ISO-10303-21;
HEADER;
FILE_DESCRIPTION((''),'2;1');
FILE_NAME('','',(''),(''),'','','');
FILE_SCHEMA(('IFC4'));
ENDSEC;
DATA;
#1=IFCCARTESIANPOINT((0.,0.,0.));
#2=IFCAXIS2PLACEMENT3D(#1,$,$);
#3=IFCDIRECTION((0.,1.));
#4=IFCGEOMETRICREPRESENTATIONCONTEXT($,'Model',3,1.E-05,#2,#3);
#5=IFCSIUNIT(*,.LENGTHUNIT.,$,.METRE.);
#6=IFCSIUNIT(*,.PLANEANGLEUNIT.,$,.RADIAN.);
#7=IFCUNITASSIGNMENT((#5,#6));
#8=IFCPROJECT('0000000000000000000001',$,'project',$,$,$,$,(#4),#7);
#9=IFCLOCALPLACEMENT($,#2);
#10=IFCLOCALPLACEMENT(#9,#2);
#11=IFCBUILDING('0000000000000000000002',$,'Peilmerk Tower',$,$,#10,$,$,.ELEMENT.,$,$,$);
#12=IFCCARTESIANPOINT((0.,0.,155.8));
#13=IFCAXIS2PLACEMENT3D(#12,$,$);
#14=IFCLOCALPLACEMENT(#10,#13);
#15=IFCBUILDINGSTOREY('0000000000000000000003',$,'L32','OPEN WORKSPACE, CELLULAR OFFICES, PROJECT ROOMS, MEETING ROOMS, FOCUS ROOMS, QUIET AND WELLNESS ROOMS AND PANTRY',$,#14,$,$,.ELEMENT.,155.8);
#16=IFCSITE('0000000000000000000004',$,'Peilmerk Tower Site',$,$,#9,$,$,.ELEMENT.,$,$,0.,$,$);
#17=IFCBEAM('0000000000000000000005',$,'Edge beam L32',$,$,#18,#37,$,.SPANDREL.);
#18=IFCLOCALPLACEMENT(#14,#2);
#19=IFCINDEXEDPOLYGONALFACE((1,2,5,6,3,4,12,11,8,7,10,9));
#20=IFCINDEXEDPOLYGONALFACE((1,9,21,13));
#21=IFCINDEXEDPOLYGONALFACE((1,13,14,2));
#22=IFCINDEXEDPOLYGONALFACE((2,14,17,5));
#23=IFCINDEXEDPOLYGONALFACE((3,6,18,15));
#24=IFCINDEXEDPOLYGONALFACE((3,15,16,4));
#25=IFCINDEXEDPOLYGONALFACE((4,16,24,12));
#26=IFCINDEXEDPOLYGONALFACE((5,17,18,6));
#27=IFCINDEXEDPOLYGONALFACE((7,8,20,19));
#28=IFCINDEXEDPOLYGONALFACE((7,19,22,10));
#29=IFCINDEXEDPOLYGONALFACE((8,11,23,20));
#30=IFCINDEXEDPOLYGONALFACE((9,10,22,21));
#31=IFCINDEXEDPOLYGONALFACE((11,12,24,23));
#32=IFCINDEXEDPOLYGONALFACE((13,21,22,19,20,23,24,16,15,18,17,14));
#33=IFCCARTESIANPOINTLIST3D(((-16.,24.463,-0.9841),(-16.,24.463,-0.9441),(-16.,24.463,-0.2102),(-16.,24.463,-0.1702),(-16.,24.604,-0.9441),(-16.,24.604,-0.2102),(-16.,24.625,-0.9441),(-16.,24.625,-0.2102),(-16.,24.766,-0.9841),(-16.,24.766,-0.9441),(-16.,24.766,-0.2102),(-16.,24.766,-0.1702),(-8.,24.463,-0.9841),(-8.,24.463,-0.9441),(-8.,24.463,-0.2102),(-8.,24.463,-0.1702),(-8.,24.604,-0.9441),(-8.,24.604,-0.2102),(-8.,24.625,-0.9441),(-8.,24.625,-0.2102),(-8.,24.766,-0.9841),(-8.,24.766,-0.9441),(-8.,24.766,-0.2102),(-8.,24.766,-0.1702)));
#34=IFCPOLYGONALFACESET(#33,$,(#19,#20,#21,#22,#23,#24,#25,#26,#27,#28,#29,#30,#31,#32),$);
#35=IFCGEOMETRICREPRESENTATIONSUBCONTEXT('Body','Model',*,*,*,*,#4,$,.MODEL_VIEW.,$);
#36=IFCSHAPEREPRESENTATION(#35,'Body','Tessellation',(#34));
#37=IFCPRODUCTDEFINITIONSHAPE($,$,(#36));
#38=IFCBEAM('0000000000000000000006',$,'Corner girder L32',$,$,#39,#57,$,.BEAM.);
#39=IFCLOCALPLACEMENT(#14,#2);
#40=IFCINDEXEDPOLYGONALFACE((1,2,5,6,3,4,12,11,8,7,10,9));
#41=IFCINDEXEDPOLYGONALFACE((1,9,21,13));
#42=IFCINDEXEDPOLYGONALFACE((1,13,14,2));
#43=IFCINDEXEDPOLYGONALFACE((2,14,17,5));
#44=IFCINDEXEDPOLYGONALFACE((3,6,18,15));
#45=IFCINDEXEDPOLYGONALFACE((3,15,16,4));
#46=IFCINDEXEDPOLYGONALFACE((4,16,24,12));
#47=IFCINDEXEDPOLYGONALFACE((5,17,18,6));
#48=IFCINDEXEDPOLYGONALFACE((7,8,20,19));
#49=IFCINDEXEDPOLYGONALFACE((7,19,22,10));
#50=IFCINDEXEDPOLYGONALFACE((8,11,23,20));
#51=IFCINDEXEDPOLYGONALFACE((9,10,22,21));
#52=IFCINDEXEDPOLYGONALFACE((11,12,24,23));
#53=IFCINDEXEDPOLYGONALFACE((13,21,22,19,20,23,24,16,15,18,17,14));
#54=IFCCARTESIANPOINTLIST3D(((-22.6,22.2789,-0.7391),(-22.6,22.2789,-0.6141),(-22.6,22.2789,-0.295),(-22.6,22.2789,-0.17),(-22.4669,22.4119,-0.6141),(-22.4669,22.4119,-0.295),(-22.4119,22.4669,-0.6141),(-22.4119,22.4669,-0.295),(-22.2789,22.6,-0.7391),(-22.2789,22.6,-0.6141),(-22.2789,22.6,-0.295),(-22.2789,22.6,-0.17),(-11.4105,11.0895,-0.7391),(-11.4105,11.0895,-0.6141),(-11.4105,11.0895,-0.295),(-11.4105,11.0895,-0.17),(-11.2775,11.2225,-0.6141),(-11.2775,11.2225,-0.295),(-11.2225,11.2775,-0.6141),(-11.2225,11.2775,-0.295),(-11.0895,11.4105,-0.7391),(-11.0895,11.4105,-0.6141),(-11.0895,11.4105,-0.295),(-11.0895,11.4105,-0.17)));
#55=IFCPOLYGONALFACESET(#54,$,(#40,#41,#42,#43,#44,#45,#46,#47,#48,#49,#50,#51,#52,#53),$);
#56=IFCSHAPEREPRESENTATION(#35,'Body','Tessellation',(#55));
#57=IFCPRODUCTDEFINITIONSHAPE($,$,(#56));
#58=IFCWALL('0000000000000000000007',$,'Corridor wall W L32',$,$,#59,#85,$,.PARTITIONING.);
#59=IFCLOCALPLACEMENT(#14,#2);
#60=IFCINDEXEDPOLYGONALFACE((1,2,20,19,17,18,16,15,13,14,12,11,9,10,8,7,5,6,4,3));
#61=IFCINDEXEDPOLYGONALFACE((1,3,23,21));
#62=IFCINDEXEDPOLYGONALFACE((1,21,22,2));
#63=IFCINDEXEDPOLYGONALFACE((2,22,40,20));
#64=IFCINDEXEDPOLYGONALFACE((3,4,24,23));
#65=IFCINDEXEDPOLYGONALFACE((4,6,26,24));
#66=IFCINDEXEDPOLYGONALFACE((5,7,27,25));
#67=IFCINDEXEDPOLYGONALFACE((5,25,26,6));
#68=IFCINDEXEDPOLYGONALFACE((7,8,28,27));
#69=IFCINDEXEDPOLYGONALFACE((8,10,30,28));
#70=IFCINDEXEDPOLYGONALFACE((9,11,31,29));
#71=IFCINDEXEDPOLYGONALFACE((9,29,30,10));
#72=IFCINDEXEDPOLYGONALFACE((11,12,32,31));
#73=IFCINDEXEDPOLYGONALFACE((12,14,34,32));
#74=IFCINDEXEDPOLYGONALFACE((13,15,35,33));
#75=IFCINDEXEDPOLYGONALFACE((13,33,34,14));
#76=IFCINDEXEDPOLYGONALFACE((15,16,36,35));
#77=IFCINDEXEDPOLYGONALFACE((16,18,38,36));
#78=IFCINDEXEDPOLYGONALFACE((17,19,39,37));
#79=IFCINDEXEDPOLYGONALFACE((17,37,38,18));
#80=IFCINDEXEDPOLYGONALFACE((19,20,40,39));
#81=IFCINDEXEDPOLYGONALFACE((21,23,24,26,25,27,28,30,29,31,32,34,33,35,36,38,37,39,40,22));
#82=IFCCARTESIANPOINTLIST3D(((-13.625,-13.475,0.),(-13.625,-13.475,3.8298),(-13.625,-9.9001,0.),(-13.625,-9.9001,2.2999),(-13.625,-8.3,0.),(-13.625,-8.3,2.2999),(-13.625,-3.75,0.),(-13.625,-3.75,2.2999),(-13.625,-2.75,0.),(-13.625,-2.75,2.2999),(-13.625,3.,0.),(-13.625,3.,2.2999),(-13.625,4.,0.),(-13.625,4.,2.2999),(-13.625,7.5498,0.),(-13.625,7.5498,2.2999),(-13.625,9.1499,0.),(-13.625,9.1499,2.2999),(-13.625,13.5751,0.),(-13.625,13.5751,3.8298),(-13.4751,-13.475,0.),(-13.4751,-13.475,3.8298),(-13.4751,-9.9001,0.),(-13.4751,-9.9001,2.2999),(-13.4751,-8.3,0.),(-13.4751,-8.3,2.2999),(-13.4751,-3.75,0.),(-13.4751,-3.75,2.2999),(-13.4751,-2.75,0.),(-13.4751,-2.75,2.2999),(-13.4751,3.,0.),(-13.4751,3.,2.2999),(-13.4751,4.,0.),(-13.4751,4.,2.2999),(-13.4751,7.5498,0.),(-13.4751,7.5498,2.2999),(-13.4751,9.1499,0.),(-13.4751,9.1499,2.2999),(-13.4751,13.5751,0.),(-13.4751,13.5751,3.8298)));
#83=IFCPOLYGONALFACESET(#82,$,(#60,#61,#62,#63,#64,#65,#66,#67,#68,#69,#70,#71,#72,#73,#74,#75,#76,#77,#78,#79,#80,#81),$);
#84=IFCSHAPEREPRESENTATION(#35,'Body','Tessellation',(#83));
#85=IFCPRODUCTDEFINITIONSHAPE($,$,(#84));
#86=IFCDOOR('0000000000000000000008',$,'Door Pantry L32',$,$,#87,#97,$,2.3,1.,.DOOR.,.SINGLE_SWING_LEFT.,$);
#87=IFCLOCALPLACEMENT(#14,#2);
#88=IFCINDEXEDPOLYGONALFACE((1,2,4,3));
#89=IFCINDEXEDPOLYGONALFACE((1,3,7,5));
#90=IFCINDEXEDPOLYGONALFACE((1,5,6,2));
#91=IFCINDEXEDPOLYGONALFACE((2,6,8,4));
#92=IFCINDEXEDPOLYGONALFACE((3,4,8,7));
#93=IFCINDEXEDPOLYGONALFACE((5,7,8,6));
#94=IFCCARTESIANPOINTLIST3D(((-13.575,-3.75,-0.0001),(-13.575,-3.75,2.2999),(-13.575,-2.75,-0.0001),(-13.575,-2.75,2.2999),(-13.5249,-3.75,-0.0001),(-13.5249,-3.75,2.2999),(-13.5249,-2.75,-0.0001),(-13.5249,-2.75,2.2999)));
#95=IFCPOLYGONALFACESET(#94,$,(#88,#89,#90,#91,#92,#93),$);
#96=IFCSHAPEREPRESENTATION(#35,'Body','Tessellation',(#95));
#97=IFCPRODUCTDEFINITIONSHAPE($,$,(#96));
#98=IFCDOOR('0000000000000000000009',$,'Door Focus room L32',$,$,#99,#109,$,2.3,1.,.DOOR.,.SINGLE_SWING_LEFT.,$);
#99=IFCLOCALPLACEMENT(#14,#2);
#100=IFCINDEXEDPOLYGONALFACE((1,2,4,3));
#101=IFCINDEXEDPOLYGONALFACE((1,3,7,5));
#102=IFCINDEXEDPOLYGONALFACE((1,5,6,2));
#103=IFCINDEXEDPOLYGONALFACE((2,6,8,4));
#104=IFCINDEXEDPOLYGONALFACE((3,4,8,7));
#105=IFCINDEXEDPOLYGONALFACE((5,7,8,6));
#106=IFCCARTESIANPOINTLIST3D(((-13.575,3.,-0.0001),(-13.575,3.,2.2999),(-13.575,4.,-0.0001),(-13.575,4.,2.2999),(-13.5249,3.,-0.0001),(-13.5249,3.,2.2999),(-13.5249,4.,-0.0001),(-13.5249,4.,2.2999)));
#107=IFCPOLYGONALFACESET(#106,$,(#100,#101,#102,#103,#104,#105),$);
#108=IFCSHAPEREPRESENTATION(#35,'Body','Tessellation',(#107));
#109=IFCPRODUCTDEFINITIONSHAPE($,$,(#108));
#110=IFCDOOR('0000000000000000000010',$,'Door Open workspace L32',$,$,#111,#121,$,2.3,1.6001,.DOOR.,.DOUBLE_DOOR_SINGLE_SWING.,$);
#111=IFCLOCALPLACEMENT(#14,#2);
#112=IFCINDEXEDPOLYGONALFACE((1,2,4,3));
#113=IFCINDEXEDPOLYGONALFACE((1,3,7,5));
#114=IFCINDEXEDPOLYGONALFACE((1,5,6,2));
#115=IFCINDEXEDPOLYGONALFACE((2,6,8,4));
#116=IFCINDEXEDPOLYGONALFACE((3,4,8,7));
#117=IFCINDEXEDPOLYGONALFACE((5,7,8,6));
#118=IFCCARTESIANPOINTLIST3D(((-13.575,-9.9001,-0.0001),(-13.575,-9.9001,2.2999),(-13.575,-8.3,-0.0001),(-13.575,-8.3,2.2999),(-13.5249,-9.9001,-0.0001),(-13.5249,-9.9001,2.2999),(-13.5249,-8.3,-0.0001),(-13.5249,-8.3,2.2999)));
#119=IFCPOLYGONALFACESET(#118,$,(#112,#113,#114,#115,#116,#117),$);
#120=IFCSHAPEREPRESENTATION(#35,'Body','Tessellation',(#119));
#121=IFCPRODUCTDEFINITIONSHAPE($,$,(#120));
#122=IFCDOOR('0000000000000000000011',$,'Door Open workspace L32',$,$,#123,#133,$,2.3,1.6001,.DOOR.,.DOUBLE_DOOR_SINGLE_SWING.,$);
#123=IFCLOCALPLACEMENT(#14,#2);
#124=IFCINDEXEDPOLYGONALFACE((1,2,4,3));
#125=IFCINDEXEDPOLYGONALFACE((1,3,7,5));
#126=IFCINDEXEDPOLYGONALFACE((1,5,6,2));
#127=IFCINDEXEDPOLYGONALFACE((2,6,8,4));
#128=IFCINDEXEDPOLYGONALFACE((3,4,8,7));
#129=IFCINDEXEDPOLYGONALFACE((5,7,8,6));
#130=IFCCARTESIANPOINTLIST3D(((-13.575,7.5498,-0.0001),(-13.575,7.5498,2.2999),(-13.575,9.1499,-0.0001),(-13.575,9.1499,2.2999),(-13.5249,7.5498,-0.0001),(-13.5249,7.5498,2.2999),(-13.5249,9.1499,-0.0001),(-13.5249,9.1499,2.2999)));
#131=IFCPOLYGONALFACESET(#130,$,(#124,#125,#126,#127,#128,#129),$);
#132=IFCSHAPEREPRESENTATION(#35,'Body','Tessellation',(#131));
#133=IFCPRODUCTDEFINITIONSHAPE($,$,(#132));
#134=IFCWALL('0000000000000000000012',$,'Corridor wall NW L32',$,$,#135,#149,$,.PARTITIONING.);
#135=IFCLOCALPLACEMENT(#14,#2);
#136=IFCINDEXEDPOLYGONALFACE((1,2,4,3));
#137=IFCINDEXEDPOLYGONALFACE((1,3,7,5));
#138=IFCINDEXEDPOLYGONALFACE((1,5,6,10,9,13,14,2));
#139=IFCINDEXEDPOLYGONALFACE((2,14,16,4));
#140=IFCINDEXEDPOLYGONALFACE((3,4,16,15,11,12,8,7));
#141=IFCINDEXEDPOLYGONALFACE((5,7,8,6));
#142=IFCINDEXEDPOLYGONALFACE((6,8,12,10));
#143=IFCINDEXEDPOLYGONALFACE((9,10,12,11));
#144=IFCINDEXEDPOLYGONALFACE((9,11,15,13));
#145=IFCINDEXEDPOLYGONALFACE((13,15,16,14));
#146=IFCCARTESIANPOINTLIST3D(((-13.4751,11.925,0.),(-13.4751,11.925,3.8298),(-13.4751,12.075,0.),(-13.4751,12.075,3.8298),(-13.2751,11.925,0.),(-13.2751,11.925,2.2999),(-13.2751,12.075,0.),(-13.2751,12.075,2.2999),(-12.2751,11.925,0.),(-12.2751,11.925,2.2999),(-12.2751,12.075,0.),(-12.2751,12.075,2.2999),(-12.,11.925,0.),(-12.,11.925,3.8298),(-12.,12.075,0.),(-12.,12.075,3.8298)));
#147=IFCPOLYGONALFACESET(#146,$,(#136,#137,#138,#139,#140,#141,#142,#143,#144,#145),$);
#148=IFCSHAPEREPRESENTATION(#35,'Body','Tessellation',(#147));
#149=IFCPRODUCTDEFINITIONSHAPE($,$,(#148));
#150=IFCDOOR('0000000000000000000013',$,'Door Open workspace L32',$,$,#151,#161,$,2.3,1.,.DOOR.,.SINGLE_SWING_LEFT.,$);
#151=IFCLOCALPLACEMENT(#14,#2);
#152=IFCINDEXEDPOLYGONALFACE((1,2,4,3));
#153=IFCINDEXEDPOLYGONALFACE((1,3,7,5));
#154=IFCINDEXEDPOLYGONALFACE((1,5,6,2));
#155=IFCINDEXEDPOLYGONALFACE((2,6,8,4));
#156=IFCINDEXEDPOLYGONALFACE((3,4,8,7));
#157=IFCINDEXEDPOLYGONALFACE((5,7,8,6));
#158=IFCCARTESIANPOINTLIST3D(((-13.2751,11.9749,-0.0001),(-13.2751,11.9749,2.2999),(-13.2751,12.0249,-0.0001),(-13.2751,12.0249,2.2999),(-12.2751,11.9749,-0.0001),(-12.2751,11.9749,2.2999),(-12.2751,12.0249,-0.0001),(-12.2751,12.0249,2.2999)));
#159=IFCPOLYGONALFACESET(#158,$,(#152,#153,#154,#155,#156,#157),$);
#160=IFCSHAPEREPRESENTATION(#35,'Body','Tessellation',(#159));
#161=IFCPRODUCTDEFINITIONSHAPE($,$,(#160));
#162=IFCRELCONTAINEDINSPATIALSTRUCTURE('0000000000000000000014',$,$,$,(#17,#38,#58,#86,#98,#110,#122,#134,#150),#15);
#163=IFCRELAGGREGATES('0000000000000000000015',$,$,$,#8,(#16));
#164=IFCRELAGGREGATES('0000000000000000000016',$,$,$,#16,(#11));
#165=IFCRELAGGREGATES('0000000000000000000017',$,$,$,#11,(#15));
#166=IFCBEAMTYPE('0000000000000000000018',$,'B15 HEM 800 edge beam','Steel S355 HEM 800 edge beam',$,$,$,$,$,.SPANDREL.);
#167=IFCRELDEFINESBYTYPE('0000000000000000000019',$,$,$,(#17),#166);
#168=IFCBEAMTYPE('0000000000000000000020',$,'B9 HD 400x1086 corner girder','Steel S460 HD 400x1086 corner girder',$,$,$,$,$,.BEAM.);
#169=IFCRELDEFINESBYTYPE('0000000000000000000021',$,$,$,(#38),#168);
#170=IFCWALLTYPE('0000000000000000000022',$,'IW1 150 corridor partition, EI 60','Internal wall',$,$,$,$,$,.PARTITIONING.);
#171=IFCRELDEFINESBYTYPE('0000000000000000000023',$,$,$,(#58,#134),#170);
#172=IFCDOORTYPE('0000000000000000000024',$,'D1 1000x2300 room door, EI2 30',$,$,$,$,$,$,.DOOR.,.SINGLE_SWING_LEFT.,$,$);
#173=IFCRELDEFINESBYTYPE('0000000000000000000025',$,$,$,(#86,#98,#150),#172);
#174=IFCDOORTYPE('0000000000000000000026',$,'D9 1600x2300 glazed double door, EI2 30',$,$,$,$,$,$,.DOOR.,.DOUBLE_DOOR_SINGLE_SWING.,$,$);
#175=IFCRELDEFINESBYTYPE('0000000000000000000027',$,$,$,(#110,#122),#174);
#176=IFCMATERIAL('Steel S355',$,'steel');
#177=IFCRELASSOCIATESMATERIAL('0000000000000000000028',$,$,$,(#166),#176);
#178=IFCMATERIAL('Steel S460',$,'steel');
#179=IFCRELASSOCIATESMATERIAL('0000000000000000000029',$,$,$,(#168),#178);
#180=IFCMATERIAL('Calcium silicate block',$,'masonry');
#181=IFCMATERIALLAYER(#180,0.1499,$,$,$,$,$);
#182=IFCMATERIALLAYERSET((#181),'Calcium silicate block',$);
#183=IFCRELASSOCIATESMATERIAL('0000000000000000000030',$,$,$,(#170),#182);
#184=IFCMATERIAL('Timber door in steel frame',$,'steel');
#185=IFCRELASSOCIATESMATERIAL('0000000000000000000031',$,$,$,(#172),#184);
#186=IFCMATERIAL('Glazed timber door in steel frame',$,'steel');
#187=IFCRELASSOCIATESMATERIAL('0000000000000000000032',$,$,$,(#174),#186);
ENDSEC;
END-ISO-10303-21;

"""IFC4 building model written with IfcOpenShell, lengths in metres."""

from ifc_helpers import new_model, si_unit, direction, frame, frame_2d, origin, origin_2d, place, context, subcontext, project, spatial, rectangle, i_section, extrude, material, layer, layer_set, material_profile, profile_set, type_object, element, fill, save


model = new_model("IFC4")

# Units and contexts
model_context = context("Model", 3, precision=1e-05, world=origin(), true_north=direction((0.0, 1.0)))
body_context = subcontext(model_context, "Body", "Model", "MODEL_VIEW")
ifc_project = project(units=[si_unit("LENGTHUNIT", "METRE"), si_unit("PLANEANGLEUNIT", "RADIAN")], contexts=[model_context])

# Site, building, storey
site_placement = place(None, origin())
site = spatial("IfcSite", under=ifc_project, at=site_placement, Name="Peilmerk Tower Site", CompositionType="ELEMENT", RefElevation=0.0)
building_placement = place(site_placement, origin())
building = spatial("IfcBuilding", under=site, at=building_placement, Name="Peilmerk Tower", CompositionType="ELEMENT")
storey_placement = place(building_placement, frame((0.0, 0.0, 155.8)))
storey = spatial("IfcBuildingStorey", under=building, at=storey_placement, Name="L32", Description="OPEN WORKSPACE, CELLULAR OFFICES, PROJECT ROOMS, MEETING ROOMS, FOCUS ROOMS, QUIET AND WELLNESS ROOMS AND PANTRY", CompositionType="ELEMENT", Elevation=155.8)

# Shared definitions
ifc_material_1 = material(Name="Steel S460", Category="steel")

# Beams
ifc_material_2 = material(Name="Steel S355", Category="steel")
ifc_material_profile_1 = material_profile(ifc_material_2, i_section(OverallWidth=0.303, OverallDepth=0.814, WebThickness=0.021, FlangeThickness=0.04, at=origin_2d()), Name="HEM 800")
ifc_profile_set_1 = profile_set([ifc_material_profile_1], Name="Steel S355")
beam_type_1 = type_object("IfcBeamType", Name="B15 HEM 800 edge beam", Description="Steel S355 HEM 800 edge beam", PredefinedType="SPANDREL", material=ifc_profile_set_1)
for number, where, z_axis, x_axis, name in (
    (1, (-8.0, 24.6145, -0.5771), (-1.0, 0.0, 0.0), (0.0, -1.0, 0.0), "Edge beam L32"),
):
    element("IfcBeam", number, at=place(storey_placement, frame(where, z_axis=z_axis, x_axis=x_axis)), inside=storey, type_object=beam_type_1, Name=name, PredefinedType="SPANDREL", context=body_context, shape_type="SweptSolid", body=[
        extrude(i_section(OverallWidth=0.303, OverallDepth=0.814, WebThickness=0.021, FlangeThickness=0.04, at=origin_2d()), origin(), (0.0, 0.0, 1.0), 8.0),
    ])
ifc_material_profile_2 = material_profile(ifc_material_1, i_section(OverallWidth=0.4541, OverallDepth=0.5691, WebThickness=0.0779, FlangeThickness=0.125, at=origin_2d()), Name="HD 400x1086")
ifc_profile_set_2 = profile_set([ifc_material_profile_2], Name="Steel S460")
beam_type_2 = type_object("IfcBeamType", Name="B9 HD 400x1086 corner girder", Description="Steel S460 HD 400x1086 corner girder", PredefinedType="BEAM", material=ifc_profile_set_2)
beam_placement = place(storey_placement, frame((-11.25, 11.25, -0.4546), z_axis=(-0.707107, 0.707107, 0.0), x_axis=(-0.707107, -0.707107, 0.0)))
element("IfcBeam", 2, at=beam_placement, inside=storey, type_object=beam_type_2, Name="Corner girder L32", PredefinedType="BEAM", context=body_context, shape_type="SweptSolid", body=[
    extrude(i_section(OverallWidth=0.4541, OverallDepth=0.5691, WebThickness=0.0779, FlangeThickness=0.125, at=origin_2d()), origin(), (0.0, 0.0, 1.0), 15.8242),
])

# Wall, openings, doors
ifc_material_3 = material(Name="Calcium silicate block", Category="masonry")
ifc_layer_1 = layer(ifc_material_3, 0.1499)
ifc_layer_set_1 = layer_set([ifc_layer_1], Name="Calcium silicate block")
wall_type_1 = type_object("IfcWallType", Name="IW1 150 corridor partition, EI 60", Description="Internal wall", PredefinedType="PARTITIONING", material=ifc_layer_set_1)
wall_1_placement = place(storey_placement, frame((-13.55, 13.575, 0.0), z_axis=(0.0, 0.0, 1.0), x_axis=(0.0, -1.0, 0.0)))
wall_1 = element("IfcWall", 3, at=wall_1_placement, inside=storey, type_object=wall_type_1, Name="Corridor wall W L32", PredefinedType="PARTITIONING", context=body_context, shape_type="SweptSolid", body=[
    extrude(rectangle(XDim=27.05, YDim=0.1499, at=frame_2d((13.5249, 0.0))), origin(), (0.0, 0.0, 1.0), 3.8298),
])
opening_1_placement = place(wall_1_placement, frame((21.875, 0.0, 0.0)))
opening_1 = element("IfcOpeningElement", 4, at=opening_1_placement, cuts=wall_1, PredefinedType="OPENING", context=body_context, shape_type="SweptSolid", body=[
    extrude(rectangle(XDim=1.6001, YDim=2.3, at=frame_2d((0.8, 1.1499))), frame((0.0, 0.085, 0.0), z_axis=(0.0, -1.0, 0.0), x_axis=(1.0, 0.0, 0.0)), (0.0, 0.0, 1.0), 0.1699),
])
opening_2_placement = place(wall_1_placement, frame((4.425, 0.0, 0.0)))
opening_2 = element("IfcOpeningElement", 5, at=opening_2_placement, cuts=wall_1, PredefinedType="OPENING", context=body_context, shape_type="SweptSolid", body=[
    extrude(rectangle(XDim=1.6001, YDim=2.3, at=frame_2d((0.8, 1.1499))), frame((0.0, 0.085, 0.0), z_axis=(0.0, -1.0, 0.0), x_axis=(1.0, 0.0, 0.0)), (0.0, 0.0, 1.0), 0.1699),
])
opening_3_placement = place(wall_1_placement, frame((16.325, 0.0, 0.0)))
opening_3 = element("IfcOpeningElement", 6, at=opening_3_placement, cuts=wall_1, PredefinedType="OPENING", context=body_context, shape_type="SweptSolid", body=[
    extrude(rectangle(XDim=1.0, YDim=2.3, at=frame_2d((0.5, 1.1499))), frame((0.0, 0.085, 0.0), z_axis=(0.0, -1.0, 0.0), x_axis=(1.0, 0.0, 0.0)), (0.0, 0.0, 1.0), 0.1699),
])
opening_4_placement = place(wall_1_placement, frame((9.575, 0.0, 0.0)))
opening_4 = element("IfcOpeningElement", 7, at=opening_4_placement, cuts=wall_1, PredefinedType="OPENING", context=body_context, shape_type="SweptSolid", body=[
    extrude(rectangle(XDim=1.0, YDim=2.3, at=frame_2d((0.5, 1.1499))), frame((0.0, 0.085, 0.0), z_axis=(0.0, -1.0, 0.0), x_axis=(1.0, 0.0, 0.0)), (0.0, 0.0, 1.0), 0.1699),
])
ifc_material_4 = material(Name="Timber door in steel frame", Category="steel")
door_type_1 = type_object("IfcDoorType", Name="D1 1000x2300 room door, EI2 30", OperationType="SINGLE_SWING_LEFT", PredefinedType="DOOR", material=ifc_material_4)
door_1_placement = place(opening_3_placement, frame((1.0, 0.0, 0.0), z_axis=(0.0, 0.0, 1.0), x_axis=(-1.0, 0.0, 0.0)))
door_1 = element("IfcDoor", 8, at=door_1_placement, inside=storey, type_object=door_type_1, Name="Door Pantry L32", OperationType="SINGLE_SWING_LEFT", OverallHeight=2.3, OverallWidth=1.0, PredefinedType="DOOR", context=body_context, shape_type="SweptSolid", body=[
    extrude(rectangle(XDim=1.0, YDim=2.3, at=frame_2d((0.5, 1.1499))), frame((0.0, 0.0249, 0.0), z_axis=(0.0, -1.0, 0.0), x_axis=(1.0, 0.0, 0.0)), (0.0, 0.0, 1.0), 0.05),
])
fill(opening_3, door_1)
door_2_placement = place(opening_4_placement, frame((1.0, 0.0, 0.0), z_axis=(0.0, 0.0, 1.0), x_axis=(-1.0, 0.0, 0.0)))
door_2 = element("IfcDoor", 9, at=door_2_placement, inside=storey, type_object=door_type_1, Name="Door Focus room L32", OperationType="SINGLE_SWING_LEFT", OverallHeight=2.3, OverallWidth=1.0, PredefinedType="DOOR", context=body_context, shape_type="SweptSolid", body=[
    extrude(rectangle(XDim=1.0, YDim=2.3, at=frame_2d((0.5, 1.1499))), frame((0.0, 0.0249, 0.0), z_axis=(0.0, -1.0, 0.0), x_axis=(1.0, 0.0, 0.0)), (0.0, 0.0, 1.0), 0.05),
])
fill(opening_4, door_2)
ifc_material_5 = material(Name="Glazed timber door in steel frame", Category="steel")
door_type_2 = type_object("IfcDoorType", Name="D9 1600x2300 glazed double door, EI2 30", OperationType="DOUBLE_DOOR_SINGLE_SWING", PredefinedType="DOOR", material=ifc_material_5)
door_3_placement = place(opening_1_placement, frame((1.6001, 0.0, 0.0), z_axis=(0.0, 0.0, 1.0), x_axis=(-1.0, 0.0, 0.0)))
door_3 = element("IfcDoor", 10, at=door_3_placement, inside=storey, type_object=door_type_2, Name="Door Open workspace L32", OperationType="DOUBLE_DOOR_SINGLE_SWING", OverallHeight=2.3, OverallWidth=1.6001, PredefinedType="DOOR", context=body_context, shape_type="SweptSolid", body=[
    extrude(rectangle(XDim=1.6001, YDim=2.3, at=frame_2d((0.8, 1.1499))), frame((0.0, 0.0249, 0.0), z_axis=(0.0, -1.0, 0.0), x_axis=(1.0, 0.0, 0.0)), (0.0, 0.0, 1.0), 0.05),
])
fill(opening_1, door_3)
door_4_placement = place(opening_2_placement, frame((1.6001, 0.0, 0.0), z_axis=(0.0, 0.0, 1.0), x_axis=(-1.0, 0.0, 0.0)))
door_4 = element("IfcDoor", 11, at=door_4_placement, inside=storey, type_object=door_type_2, Name="Door Open workspace L32", OperationType="DOUBLE_DOOR_SINGLE_SWING", OverallHeight=2.3, OverallWidth=1.6001, PredefinedType="DOOR", context=body_context, shape_type="SweptSolid", body=[
    extrude(rectangle(XDim=1.6001, YDim=2.3, at=frame_2d((0.8, 1.1499))), frame((0.0, 0.0249, 0.0), z_axis=(0.0, -1.0, 0.0), x_axis=(1.0, 0.0, 0.0)), (0.0, 0.0, 1.0), 0.05),
])
fill(opening_2, door_4)

# Wall, opening, door
wall_2_placement = place(storey_placement, frame((-13.4751, 12.0, 0.0), z_axis=(0.0, 0.0, 1.0), x_axis=(1.0, 0.0, 0.0)))
wall_2 = element("IfcWall", 12, at=wall_2_placement, inside=storey, type_object=wall_type_1, Name="Corridor wall NW L32", PredefinedType="PARTITIONING", context=body_context, shape_type="SweptSolid", body=[
    extrude(rectangle(XDim=1.4751, YDim=0.1499, at=frame_2d((0.7375, 0.0))), origin(), (0.0, 0.0, 1.0), 3.8298),
])
opening_5_placement = place(wall_2_placement, frame((0.2, 0.0, 0.0)))
opening_5 = element("IfcOpeningElement", 13, at=opening_5_placement, cuts=wall_2, PredefinedType="OPENING", context=body_context, shape_type="SweptSolid", body=[
    extrude(rectangle(XDim=1.0, YDim=2.3, at=frame_2d((0.5, 1.1499))), frame((0.0, 0.085, 0.0), z_axis=(0.0, -1.0, 0.0), x_axis=(1.0, 0.0, 0.0)), (0.0, 0.0, 1.0), 0.1699),
])
door_5_placement = place(opening_5_placement, origin())
door_5 = element("IfcDoor", 14, at=door_5_placement, inside=storey, type_object=door_type_1, Name="Door Open workspace L32", OperationType="SINGLE_SWING_LEFT", OverallHeight=2.3, OverallWidth=1.0, PredefinedType="DOOR", context=body_context, shape_type="SweptSolid", body=[
    extrude(rectangle(XDim=1.0, YDim=2.3, at=frame_2d((0.5, 1.1499))), frame((0.0, 0.0249, 0.0), z_axis=(0.0, -1.0, 0.0), x_axis=(1.0, 0.0, 0.0)), (0.0, 0.0, 1.0), 0.05),
])
fill(opening_5, door_5)

save(model, "model.ifc")
